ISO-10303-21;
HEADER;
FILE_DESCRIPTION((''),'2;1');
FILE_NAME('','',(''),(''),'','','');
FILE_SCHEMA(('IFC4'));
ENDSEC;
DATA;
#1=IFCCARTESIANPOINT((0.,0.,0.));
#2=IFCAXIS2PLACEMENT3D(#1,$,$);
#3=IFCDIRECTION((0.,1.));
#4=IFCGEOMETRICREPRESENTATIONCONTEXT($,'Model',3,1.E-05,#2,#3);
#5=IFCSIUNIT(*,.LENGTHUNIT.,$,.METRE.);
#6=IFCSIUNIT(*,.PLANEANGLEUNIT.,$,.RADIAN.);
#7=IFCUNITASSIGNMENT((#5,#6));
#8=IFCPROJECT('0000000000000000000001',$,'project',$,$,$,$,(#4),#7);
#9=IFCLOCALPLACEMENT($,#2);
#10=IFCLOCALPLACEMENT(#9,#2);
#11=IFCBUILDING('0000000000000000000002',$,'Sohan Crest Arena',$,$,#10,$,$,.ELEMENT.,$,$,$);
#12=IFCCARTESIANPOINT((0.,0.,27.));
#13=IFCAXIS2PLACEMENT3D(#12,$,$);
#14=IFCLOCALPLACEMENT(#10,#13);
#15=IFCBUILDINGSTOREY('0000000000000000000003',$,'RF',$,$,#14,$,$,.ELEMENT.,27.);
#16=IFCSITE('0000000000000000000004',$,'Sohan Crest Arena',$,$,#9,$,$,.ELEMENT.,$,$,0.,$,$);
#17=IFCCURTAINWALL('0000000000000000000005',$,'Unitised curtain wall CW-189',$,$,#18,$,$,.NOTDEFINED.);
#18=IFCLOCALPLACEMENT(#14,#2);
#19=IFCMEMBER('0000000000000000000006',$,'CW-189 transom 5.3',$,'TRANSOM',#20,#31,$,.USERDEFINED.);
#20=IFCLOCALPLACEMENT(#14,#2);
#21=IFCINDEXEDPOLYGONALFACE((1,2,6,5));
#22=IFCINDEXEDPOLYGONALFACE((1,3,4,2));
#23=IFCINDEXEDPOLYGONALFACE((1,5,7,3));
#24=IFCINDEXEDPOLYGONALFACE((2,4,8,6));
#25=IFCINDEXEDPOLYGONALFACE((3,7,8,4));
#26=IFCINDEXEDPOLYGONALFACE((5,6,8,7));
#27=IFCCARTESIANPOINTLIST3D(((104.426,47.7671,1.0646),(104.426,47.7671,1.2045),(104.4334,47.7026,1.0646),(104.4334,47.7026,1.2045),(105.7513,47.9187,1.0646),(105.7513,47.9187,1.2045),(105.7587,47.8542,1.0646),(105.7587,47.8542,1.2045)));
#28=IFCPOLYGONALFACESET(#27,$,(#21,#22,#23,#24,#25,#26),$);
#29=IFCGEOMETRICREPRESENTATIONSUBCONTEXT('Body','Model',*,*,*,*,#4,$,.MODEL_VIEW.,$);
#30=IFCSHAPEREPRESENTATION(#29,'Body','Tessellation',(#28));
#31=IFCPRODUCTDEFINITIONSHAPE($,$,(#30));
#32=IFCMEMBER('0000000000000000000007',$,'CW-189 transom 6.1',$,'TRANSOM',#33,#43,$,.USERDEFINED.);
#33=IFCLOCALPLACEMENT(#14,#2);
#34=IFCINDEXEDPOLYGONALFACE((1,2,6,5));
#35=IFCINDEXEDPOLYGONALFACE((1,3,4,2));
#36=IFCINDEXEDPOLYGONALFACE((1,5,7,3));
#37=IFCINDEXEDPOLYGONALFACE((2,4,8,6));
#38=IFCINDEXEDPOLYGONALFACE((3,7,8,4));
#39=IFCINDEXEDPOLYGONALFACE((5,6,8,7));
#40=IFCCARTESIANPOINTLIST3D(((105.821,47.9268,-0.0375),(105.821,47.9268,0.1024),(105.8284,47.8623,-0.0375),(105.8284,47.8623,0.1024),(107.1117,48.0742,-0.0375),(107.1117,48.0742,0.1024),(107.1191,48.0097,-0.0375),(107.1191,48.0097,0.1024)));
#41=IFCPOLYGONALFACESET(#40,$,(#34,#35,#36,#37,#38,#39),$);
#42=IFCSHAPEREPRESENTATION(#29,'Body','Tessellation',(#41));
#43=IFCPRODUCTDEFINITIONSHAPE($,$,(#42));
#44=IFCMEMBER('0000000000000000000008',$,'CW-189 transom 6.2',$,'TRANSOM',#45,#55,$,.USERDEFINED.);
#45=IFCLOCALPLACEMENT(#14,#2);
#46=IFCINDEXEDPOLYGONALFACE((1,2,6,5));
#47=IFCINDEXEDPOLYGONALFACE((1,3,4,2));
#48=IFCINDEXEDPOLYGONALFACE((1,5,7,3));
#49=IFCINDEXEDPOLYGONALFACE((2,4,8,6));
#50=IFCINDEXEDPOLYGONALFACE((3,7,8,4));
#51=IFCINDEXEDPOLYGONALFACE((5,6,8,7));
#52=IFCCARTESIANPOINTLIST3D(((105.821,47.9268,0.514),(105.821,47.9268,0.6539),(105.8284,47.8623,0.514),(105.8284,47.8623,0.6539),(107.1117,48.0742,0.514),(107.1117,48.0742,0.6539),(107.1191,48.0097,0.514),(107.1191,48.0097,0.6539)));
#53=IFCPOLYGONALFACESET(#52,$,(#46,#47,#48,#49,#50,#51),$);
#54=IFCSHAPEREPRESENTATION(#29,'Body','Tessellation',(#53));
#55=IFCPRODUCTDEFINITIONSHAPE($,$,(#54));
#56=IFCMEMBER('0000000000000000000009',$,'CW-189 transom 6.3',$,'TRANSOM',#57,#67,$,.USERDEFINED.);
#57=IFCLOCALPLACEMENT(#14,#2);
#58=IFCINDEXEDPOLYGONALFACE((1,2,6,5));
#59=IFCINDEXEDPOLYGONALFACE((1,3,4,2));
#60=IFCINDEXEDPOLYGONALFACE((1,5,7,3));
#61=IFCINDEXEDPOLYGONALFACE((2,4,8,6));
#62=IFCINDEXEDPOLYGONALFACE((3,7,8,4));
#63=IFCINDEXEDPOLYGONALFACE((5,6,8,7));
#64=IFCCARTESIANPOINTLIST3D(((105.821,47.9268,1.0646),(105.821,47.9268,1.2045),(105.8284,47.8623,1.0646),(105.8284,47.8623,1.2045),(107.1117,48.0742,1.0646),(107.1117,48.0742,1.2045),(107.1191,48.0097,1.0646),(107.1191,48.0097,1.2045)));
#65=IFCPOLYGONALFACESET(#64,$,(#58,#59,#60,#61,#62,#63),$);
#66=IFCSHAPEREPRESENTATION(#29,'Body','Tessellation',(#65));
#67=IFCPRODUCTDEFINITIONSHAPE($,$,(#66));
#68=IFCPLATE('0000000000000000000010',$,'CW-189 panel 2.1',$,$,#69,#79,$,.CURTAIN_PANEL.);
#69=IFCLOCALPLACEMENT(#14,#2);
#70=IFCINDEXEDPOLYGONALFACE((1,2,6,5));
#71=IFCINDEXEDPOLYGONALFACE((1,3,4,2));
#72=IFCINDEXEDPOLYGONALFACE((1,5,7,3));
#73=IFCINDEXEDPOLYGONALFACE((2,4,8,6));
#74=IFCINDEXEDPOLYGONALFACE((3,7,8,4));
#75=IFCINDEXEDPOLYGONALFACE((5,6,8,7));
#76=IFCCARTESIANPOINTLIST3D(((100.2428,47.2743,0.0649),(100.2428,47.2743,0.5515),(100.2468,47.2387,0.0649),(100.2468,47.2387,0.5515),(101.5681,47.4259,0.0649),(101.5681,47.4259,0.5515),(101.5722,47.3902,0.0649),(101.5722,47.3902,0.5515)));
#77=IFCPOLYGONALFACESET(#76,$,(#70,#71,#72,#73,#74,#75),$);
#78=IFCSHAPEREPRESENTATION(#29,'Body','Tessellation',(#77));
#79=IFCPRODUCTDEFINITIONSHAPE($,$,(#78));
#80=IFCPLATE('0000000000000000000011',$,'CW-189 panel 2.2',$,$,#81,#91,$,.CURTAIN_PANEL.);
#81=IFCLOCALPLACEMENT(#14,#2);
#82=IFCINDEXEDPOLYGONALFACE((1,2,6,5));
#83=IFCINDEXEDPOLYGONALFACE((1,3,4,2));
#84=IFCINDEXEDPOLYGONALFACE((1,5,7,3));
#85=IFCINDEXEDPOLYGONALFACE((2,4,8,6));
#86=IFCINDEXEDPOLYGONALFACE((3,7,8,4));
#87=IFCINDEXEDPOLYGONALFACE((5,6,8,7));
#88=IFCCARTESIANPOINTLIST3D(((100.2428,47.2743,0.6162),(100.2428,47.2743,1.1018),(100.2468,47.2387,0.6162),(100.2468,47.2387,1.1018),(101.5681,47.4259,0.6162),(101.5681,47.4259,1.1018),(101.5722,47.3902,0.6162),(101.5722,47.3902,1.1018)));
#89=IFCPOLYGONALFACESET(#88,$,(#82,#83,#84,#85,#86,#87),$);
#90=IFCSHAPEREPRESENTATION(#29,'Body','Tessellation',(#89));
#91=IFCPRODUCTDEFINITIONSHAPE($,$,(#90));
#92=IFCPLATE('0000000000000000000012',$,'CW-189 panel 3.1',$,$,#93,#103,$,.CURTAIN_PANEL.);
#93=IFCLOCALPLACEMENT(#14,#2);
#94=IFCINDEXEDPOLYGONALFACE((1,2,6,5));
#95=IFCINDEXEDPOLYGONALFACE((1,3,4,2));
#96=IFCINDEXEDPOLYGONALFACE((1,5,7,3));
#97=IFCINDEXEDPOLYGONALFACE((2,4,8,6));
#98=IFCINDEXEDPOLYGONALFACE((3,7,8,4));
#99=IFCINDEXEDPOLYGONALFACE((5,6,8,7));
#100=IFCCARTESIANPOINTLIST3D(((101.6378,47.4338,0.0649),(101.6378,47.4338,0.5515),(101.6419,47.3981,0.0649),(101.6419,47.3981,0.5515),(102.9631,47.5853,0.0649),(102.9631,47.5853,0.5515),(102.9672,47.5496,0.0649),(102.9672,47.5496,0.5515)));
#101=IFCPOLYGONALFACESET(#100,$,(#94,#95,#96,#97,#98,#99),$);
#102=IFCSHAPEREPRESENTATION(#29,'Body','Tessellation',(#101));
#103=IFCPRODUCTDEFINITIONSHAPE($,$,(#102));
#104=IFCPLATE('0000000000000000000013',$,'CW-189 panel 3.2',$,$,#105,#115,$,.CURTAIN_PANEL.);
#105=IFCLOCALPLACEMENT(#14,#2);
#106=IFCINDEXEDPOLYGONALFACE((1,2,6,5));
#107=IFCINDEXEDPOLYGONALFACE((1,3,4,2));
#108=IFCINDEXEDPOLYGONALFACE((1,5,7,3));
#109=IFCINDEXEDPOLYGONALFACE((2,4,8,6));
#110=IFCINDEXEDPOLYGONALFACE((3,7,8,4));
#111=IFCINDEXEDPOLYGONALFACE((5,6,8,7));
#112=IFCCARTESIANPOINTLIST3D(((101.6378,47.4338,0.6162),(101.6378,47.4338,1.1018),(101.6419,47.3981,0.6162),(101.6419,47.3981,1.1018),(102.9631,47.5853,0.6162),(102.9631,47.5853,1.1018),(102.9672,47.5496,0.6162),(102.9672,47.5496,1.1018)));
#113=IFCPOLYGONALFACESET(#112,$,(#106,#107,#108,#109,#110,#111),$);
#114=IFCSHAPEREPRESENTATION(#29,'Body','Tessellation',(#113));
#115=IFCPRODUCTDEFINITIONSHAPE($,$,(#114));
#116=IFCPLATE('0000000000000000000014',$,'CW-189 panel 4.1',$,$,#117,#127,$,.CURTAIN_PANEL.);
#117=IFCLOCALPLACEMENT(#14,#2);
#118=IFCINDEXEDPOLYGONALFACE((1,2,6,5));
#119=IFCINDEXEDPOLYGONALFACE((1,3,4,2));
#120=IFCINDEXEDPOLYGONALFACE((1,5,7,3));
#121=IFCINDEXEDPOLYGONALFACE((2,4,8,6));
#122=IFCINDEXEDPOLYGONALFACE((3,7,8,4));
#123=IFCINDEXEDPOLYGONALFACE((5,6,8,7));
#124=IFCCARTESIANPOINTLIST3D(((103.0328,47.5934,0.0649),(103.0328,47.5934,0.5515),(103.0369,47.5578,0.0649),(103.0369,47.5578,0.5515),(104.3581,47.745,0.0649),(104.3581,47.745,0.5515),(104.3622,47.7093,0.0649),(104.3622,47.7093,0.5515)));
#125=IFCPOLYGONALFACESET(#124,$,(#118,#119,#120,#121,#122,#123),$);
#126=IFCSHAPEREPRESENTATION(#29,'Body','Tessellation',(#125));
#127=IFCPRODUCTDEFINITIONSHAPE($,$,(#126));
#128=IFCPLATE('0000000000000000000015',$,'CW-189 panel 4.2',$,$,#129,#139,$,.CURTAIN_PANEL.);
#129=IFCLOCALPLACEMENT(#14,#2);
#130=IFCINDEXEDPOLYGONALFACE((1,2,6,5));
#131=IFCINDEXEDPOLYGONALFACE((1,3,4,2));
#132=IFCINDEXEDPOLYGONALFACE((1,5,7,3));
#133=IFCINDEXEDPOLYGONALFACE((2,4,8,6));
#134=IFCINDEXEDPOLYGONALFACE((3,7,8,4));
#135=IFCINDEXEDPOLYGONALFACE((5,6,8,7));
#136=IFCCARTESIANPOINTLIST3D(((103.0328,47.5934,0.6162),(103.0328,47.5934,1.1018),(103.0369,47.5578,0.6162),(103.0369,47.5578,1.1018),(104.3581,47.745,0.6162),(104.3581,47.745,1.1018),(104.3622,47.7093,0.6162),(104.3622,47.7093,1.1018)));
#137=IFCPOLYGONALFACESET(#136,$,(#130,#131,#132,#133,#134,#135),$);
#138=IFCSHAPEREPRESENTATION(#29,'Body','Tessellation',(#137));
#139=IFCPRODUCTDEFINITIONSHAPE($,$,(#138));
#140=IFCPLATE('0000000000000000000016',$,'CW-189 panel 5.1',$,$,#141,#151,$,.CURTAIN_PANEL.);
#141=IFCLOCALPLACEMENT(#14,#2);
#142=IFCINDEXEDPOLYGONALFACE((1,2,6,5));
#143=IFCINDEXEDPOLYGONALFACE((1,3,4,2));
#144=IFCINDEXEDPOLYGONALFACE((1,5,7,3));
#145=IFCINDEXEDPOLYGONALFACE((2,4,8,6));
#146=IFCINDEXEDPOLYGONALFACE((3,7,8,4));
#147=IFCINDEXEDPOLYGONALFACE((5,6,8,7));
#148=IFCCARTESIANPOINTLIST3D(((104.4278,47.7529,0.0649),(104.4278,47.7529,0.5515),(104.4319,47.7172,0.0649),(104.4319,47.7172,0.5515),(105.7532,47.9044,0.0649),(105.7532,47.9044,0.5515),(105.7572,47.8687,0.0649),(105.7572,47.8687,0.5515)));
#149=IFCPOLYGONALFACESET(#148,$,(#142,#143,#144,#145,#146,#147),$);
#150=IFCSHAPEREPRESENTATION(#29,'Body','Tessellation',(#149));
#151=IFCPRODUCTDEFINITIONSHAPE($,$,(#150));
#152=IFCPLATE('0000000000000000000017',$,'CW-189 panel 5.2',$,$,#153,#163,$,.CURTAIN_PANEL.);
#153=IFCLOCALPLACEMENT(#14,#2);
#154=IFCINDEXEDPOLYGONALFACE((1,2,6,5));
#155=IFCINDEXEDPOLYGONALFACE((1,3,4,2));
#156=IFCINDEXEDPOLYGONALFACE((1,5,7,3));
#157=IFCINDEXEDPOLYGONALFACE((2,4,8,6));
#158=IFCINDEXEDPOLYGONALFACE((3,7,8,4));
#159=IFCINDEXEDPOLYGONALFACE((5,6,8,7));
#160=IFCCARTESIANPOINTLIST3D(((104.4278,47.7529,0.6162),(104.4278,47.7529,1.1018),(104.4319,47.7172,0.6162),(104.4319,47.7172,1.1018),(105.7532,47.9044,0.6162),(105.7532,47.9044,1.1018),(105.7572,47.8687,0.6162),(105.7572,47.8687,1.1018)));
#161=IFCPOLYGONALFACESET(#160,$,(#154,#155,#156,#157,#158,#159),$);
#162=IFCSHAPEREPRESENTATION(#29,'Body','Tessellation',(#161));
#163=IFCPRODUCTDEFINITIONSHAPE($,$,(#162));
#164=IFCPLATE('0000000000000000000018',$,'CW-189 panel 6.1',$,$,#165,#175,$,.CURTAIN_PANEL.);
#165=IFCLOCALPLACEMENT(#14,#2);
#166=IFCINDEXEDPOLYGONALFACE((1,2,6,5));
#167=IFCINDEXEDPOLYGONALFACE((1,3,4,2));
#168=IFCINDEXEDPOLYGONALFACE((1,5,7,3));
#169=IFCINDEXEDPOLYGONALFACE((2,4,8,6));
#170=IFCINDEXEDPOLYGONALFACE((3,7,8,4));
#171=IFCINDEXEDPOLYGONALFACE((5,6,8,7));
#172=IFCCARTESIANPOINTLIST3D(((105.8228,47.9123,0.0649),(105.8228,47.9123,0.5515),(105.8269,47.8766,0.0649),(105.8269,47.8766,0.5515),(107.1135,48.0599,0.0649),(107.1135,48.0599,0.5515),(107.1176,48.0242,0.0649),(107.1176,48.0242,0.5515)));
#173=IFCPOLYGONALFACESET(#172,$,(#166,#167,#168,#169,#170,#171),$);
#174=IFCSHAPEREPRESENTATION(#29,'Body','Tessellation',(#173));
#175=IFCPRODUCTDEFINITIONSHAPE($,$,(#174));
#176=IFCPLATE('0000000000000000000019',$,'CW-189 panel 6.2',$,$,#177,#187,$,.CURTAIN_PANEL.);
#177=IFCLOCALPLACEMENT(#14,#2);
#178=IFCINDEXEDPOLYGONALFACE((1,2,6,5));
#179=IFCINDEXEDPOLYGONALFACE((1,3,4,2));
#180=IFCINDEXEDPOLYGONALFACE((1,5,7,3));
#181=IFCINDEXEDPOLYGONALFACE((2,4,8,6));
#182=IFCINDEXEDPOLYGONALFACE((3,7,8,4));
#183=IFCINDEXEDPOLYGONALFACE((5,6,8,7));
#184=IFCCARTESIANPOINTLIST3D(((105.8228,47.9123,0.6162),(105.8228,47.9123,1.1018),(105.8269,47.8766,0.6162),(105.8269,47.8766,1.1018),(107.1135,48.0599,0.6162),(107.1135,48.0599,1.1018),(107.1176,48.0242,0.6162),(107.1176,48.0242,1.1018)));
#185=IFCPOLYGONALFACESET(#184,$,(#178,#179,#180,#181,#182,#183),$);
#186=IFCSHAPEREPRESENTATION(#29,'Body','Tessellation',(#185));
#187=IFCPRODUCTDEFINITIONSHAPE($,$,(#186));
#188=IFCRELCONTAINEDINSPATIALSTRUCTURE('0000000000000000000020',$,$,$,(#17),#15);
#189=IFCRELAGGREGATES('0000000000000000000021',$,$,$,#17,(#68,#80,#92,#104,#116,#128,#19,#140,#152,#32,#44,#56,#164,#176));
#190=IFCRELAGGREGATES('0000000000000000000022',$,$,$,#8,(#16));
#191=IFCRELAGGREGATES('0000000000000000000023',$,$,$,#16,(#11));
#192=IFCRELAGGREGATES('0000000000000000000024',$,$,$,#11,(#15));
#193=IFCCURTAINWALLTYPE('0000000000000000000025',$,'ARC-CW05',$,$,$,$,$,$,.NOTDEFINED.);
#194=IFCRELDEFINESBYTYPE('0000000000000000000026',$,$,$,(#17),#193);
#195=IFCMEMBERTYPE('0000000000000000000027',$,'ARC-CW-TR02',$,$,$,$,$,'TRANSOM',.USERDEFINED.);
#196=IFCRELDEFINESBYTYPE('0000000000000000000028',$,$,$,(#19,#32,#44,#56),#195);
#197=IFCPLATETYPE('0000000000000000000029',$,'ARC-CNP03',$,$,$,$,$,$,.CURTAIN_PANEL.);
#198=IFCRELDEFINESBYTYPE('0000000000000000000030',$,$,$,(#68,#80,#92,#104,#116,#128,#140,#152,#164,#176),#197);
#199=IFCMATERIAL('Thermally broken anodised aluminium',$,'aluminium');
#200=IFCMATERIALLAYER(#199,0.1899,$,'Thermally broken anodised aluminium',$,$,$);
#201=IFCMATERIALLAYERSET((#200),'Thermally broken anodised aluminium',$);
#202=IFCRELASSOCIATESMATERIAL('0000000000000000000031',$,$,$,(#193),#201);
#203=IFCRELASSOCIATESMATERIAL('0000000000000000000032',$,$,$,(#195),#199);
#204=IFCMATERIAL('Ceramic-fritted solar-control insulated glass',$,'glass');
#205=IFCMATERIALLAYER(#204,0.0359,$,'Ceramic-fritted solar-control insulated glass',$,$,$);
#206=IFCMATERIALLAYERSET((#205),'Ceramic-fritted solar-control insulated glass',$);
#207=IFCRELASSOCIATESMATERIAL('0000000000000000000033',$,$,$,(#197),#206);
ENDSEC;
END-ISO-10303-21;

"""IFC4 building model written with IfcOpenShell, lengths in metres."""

from ifc_helpers import new_model, si_unit, direction, frame, origin, origin_2d, place, context, subcontext, project, spatial, rectangle, extrude, material, layer, layer_set, material_profile, profile_set, type_object, element, aggregate, save


model = new_model("IFC4")

# Units and contexts
model_context = context("Model", 3, precision=1e-05, world=origin(), true_north=direction((0.0, 1.0)))
body_context = subcontext(model_context, "Body", "Model", "MODEL_VIEW")
ifc_project = project(units=[si_unit("LENGTHUNIT", "METRE"), si_unit("PLANEANGLEUNIT", "RADIAN")], contexts=[model_context])

# Site, building, storey
site_placement = place(None, origin())
site = spatial("IfcSite", under=ifc_project, at=site_placement, Name="Sohan Crest Arena", CompositionType="ELEMENT", RefElevation=0.0)
building_placement = place(site_placement, origin())
building = spatial("IfcBuilding", under=site, at=building_placement, Name="Sohan Crest Arena", CompositionType="ELEMENT")
storey_placement = place(building_placement, frame((0.0, 0.0, 27.0)))
storey = spatial("IfcBuildingStorey", under=building, at=storey_placement, Name="RF", CompositionType="ELEMENT", Elevation=27.0)

# Curtain wall, members, plates
ifc_material_1 = material(Name="Thermally broken anodised aluminium", Category="aluminium")
ifc_layer_1 = layer(ifc_material_1, 0.1899, Name="Thermally broken anodised aluminium")
ifc_layer_set_1 = layer_set([ifc_layer_1], Name="Thermally broken anodised aluminium")
curtain_wall_type = type_object("IfcCurtainWallType", Name="ARC-CW05", PredefinedType="NOTDEFINED", material=ifc_layer_set_1)
curtain_wall_placement = place(storey_placement, origin())
curtain_wall = element("IfcCurtainWall", 1, at=curtain_wall_placement, inside=storey, type_object=curtain_wall_type, Name="Unitised curtain wall CW-189", PredefinedType="NOTDEFINED")
ifc_material_profile_1 = material_profile(ifc_material_1, rectangle(XDim=0.0649, YDim=0.1399, at=origin_2d()), Name="ALU-TRAN 65x140")
ifc_profile_set_1 = profile_set([ifc_material_profile_1], Name="Thermally broken anodised aluminium")
member_type_1 = type_object("IfcMemberType", Name="ARC-CW-TR02", ElementType="TRANSOM", PredefinedType="USERDEFINED", material=ifc_profile_set_1)
member_1_placement = place(storey_placement, frame((104.4297, 47.7349, 1.1345), z_axis=(0.993521, 0.113645, 0.0), x_axis=(-0.113645, 0.993521, 0.0)))
member_1 = element("IfcMember", 2, at=member_1_placement, type_object=member_type_1, Name="CW-189 transom 5.3", ObjectType="TRANSOM", PredefinedType="USERDEFINED", context=body_context, shape_type="SweptSolid", body=[
    extrude(rectangle(XDim=0.0649, YDim=0.1399, at=origin_2d()), origin(), (0.0, 0.0, 1.0), 1.334),
])
member_2_placement = place(storey_placement, frame((105.8247, 47.8945, 0.0325), z_axis=(0.993538, 0.113504, 0.0), x_axis=(-0.113504, 0.993538, 0.0)))
member_2 = element("IfcMember", 3, at=member_2_placement, type_object=member_type_1, Name="CW-189 transom 6.1", ObjectType="TRANSOM", PredefinedType="USERDEFINED", context=body_context, shape_type="SweptSolid", body=[
    extrude(rectangle(XDim=0.0649, YDim=0.1399, at=origin_2d()), origin(), (0.0, 0.0, 1.0), 1.2991),
])
member_3_placement = place(storey_placement, frame((105.8247, 47.8945, 0.584), z_axis=(0.993538, 0.113504, 0.0), x_axis=(-0.113504, 0.993538, 0.0)))
member_3 = element("IfcMember", 4, at=member_3_placement, type_object=member_type_1, Name="CW-189 transom 6.2", ObjectType="TRANSOM", PredefinedType="USERDEFINED", context=body_context, shape_type="SweptSolid", body=[
    extrude(rectangle(XDim=0.0649, YDim=0.1399, at=origin_2d()), origin(), (0.0, 0.0, 1.0), 1.2991),
])
member_4_placement = place(storey_placement, frame((105.8247, 47.8945, 1.1345), z_axis=(0.993538, 0.113504, 0.0), x_axis=(-0.113504, 0.993538, 0.0)))
member_4 = element("IfcMember", 5, at=member_4_placement, type_object=member_type_1, Name="CW-189 transom 6.3", ObjectType="TRANSOM", PredefinedType="USERDEFINED", context=body_context, shape_type="SweptSolid", body=[
    extrude(rectangle(XDim=0.0649, YDim=0.1399, at=origin_2d()), origin(), (0.0, 0.0, 1.0), 1.2991),
])
ifc_material_2 = material(Name="Ceramic-fritted solar-control insulated glass", Category="glass")
ifc_layer_2 = layer(ifc_material_2, 0.0359, Name="Ceramic-fritted solar-control insulated glass")
ifc_layer_set_2 = layer_set([ifc_layer_2], Name="Ceramic-fritted solar-control insulated glass")
plate_type = type_object("IfcPlateType", Name="ARC-CNP03", PredefinedType="CURTAIN_PANEL", material=ifc_layer_set_2)
plate_1_placement = place(storey_placement, frame((100.9075, 47.3323, 0.0649), z_axis=(0.0, 0.0, 1.0), x_axis=(0.993527, 0.113597, 0.0)))
plate_1 = element("IfcPlate", 6, at=plate_1_placement, type_object=plate_type, Name="CW-189 panel 2.1", PredefinedType="CURTAIN_PANEL", context=body_context, shape_type="SweptSolid", body=[
    extrude(rectangle(XDim=1.334, YDim=0.0359, at=origin_2d()), origin(), (0.0, 0.0, 1.0), 0.4866),
])
plate_2_placement = place(storey_placement, frame((100.9075, 47.3323, 0.6162), z_axis=(0.0, 0.0, 1.0), x_axis=(0.993527, 0.113597, 0.0)))
plate_2 = element("IfcPlate", 7, at=plate_2_placement, type_object=plate_type, Name="CW-189 panel 2.2", PredefinedType="CURTAIN_PANEL", context=body_context, shape_type="SweptSolid", body=[
    extrude(rectangle(XDim=1.334, YDim=0.0359, at=origin_2d()), origin(), (0.0, 0.0, 1.0), 0.4856),
])
plate_3_placement = place(storey_placement, frame((102.3025, 47.4917, 0.0649), z_axis=(0.0, 0.0, 1.0), x_axis=(0.993527, 0.113597, 0.0)))
plate_3 = element("IfcPlate", 8, at=plate_3_placement, type_object=plate_type, Name="CW-189 panel 3.1", PredefinedType="CURTAIN_PANEL", context=body_context, shape_type="SweptSolid", body=[
    extrude(rectangle(XDim=1.334, YDim=0.0359, at=origin_2d()), origin(), (0.0, 0.0, 1.0), 0.4866),
])
plate_4_placement = place(storey_placement, frame((102.3025, 47.4917, 0.6162), z_axis=(0.0, 0.0, 1.0), x_axis=(0.993527, 0.113597, 0.0)))
plate_4 = element("IfcPlate", 9, at=plate_4_placement, type_object=plate_type, Name="CW-189 panel 3.2", PredefinedType="CURTAIN_PANEL", context=body_context, shape_type="SweptSolid", body=[
    extrude(rectangle(XDim=1.334, YDim=0.0359, at=origin_2d()), origin(), (0.0, 0.0, 1.0), 0.4856),
])
plate_5_placement = place(storey_placement, frame((103.6975, 47.6514, 0.0649), z_axis=(0.0, 0.0, 1.0), x_axis=(0.993527, 0.113597, 0.0)))
plate_5 = element("IfcPlate", 10, at=plate_5_placement, type_object=plate_type, Name="CW-189 panel 4.1", PredefinedType="CURTAIN_PANEL", context=body_context, shape_type="SweptSolid", body=[
    extrude(rectangle(XDim=1.334, YDim=0.0359, at=origin_2d()), origin(), (0.0, 0.0, 1.0), 0.4866),
])
plate_6_placement = place(storey_placement, frame((103.6975, 47.6514, 0.6162), z_axis=(0.0, 0.0, 1.0), x_axis=(0.993527, 0.113597, 0.0)))
plate_6 = element("IfcPlate", 11, at=plate_6_placement, type_object=plate_type, Name="CW-189 panel 4.2", PredefinedType="CURTAIN_PANEL", context=body_context, shape_type="SweptSolid", body=[
    extrude(rectangle(XDim=1.334, YDim=0.0359, at=origin_2d()), origin(), (0.0, 0.0, 1.0), 0.4856),
])
plate_7_placement = place(storey_placement, frame((105.0925, 47.8108, 0.0649), z_axis=(0.0, 0.0, 1.0), x_axis=(0.993527, 0.113597, 0.0)))
plate_7 = element("IfcPlate", 12, at=plate_7_placement, type_object=plate_type, Name="CW-189 panel 5.1", PredefinedType="CURTAIN_PANEL", context=body_context, shape_type="SweptSolid", body=[
    extrude(rectangle(XDim=1.334, YDim=0.0359, at=origin_2d()), origin(), (0.0, 0.0, 1.0), 0.4866),
])
plate_8_placement = place(storey_placement, frame((105.0925, 47.8108, 0.6162), z_axis=(0.0, 0.0, 1.0), x_axis=(0.993527, 0.113597, 0.0)))
plate_8 = element("IfcPlate", 13, at=plate_8_placement, type_object=plate_type, Name="CW-189 panel 5.2", PredefinedType="CURTAIN_PANEL", context=body_context, shape_type="SweptSolid", body=[
    extrude(rectangle(XDim=1.334, YDim=0.0359, at=origin_2d()), origin(), (0.0, 0.0, 1.0), 0.4856),
])
plate_9_placement = place(storey_placement, frame((106.4702, 47.9683, 0.0649), z_axis=(0.0, 0.0, 1.0), x_axis=(0.993527, 0.113597, 0.0)))
plate_9 = element("IfcPlate", 14, at=plate_9_placement, type_object=plate_type, Name="CW-189 panel 6.1", PredefinedType="CURTAIN_PANEL", context=body_context, shape_type="SweptSolid", body=[
    extrude(rectangle(XDim=1.2991, YDim=0.0359, at=origin_2d()), origin(), (0.0, 0.0, 1.0), 0.4866),
])
plate_10_placement = place(storey_placement, frame((106.4702, 47.9683, 0.6162), z_axis=(0.0, 0.0, 1.0), x_axis=(0.993527, 0.113597, 0.0)))
plate_10 = element("IfcPlate", 15, at=plate_10_placement, type_object=plate_type, Name="CW-189 panel 6.2", PredefinedType="CURTAIN_PANEL", context=body_context, shape_type="SweptSolid", body=[
    extrude(rectangle(XDim=1.2991, YDim=0.0359, at=origin_2d()), origin(), (0.0, 0.0, 1.0), 0.4856),
])
aggregate(curtain_wall, [plate_1, plate_2, plate_3, plate_4, plate_5, plate_6, member_1, plate_7, plate_8, member_2, member_3, member_4, plate_9, plate_10])

save(model, "model.ifc")
